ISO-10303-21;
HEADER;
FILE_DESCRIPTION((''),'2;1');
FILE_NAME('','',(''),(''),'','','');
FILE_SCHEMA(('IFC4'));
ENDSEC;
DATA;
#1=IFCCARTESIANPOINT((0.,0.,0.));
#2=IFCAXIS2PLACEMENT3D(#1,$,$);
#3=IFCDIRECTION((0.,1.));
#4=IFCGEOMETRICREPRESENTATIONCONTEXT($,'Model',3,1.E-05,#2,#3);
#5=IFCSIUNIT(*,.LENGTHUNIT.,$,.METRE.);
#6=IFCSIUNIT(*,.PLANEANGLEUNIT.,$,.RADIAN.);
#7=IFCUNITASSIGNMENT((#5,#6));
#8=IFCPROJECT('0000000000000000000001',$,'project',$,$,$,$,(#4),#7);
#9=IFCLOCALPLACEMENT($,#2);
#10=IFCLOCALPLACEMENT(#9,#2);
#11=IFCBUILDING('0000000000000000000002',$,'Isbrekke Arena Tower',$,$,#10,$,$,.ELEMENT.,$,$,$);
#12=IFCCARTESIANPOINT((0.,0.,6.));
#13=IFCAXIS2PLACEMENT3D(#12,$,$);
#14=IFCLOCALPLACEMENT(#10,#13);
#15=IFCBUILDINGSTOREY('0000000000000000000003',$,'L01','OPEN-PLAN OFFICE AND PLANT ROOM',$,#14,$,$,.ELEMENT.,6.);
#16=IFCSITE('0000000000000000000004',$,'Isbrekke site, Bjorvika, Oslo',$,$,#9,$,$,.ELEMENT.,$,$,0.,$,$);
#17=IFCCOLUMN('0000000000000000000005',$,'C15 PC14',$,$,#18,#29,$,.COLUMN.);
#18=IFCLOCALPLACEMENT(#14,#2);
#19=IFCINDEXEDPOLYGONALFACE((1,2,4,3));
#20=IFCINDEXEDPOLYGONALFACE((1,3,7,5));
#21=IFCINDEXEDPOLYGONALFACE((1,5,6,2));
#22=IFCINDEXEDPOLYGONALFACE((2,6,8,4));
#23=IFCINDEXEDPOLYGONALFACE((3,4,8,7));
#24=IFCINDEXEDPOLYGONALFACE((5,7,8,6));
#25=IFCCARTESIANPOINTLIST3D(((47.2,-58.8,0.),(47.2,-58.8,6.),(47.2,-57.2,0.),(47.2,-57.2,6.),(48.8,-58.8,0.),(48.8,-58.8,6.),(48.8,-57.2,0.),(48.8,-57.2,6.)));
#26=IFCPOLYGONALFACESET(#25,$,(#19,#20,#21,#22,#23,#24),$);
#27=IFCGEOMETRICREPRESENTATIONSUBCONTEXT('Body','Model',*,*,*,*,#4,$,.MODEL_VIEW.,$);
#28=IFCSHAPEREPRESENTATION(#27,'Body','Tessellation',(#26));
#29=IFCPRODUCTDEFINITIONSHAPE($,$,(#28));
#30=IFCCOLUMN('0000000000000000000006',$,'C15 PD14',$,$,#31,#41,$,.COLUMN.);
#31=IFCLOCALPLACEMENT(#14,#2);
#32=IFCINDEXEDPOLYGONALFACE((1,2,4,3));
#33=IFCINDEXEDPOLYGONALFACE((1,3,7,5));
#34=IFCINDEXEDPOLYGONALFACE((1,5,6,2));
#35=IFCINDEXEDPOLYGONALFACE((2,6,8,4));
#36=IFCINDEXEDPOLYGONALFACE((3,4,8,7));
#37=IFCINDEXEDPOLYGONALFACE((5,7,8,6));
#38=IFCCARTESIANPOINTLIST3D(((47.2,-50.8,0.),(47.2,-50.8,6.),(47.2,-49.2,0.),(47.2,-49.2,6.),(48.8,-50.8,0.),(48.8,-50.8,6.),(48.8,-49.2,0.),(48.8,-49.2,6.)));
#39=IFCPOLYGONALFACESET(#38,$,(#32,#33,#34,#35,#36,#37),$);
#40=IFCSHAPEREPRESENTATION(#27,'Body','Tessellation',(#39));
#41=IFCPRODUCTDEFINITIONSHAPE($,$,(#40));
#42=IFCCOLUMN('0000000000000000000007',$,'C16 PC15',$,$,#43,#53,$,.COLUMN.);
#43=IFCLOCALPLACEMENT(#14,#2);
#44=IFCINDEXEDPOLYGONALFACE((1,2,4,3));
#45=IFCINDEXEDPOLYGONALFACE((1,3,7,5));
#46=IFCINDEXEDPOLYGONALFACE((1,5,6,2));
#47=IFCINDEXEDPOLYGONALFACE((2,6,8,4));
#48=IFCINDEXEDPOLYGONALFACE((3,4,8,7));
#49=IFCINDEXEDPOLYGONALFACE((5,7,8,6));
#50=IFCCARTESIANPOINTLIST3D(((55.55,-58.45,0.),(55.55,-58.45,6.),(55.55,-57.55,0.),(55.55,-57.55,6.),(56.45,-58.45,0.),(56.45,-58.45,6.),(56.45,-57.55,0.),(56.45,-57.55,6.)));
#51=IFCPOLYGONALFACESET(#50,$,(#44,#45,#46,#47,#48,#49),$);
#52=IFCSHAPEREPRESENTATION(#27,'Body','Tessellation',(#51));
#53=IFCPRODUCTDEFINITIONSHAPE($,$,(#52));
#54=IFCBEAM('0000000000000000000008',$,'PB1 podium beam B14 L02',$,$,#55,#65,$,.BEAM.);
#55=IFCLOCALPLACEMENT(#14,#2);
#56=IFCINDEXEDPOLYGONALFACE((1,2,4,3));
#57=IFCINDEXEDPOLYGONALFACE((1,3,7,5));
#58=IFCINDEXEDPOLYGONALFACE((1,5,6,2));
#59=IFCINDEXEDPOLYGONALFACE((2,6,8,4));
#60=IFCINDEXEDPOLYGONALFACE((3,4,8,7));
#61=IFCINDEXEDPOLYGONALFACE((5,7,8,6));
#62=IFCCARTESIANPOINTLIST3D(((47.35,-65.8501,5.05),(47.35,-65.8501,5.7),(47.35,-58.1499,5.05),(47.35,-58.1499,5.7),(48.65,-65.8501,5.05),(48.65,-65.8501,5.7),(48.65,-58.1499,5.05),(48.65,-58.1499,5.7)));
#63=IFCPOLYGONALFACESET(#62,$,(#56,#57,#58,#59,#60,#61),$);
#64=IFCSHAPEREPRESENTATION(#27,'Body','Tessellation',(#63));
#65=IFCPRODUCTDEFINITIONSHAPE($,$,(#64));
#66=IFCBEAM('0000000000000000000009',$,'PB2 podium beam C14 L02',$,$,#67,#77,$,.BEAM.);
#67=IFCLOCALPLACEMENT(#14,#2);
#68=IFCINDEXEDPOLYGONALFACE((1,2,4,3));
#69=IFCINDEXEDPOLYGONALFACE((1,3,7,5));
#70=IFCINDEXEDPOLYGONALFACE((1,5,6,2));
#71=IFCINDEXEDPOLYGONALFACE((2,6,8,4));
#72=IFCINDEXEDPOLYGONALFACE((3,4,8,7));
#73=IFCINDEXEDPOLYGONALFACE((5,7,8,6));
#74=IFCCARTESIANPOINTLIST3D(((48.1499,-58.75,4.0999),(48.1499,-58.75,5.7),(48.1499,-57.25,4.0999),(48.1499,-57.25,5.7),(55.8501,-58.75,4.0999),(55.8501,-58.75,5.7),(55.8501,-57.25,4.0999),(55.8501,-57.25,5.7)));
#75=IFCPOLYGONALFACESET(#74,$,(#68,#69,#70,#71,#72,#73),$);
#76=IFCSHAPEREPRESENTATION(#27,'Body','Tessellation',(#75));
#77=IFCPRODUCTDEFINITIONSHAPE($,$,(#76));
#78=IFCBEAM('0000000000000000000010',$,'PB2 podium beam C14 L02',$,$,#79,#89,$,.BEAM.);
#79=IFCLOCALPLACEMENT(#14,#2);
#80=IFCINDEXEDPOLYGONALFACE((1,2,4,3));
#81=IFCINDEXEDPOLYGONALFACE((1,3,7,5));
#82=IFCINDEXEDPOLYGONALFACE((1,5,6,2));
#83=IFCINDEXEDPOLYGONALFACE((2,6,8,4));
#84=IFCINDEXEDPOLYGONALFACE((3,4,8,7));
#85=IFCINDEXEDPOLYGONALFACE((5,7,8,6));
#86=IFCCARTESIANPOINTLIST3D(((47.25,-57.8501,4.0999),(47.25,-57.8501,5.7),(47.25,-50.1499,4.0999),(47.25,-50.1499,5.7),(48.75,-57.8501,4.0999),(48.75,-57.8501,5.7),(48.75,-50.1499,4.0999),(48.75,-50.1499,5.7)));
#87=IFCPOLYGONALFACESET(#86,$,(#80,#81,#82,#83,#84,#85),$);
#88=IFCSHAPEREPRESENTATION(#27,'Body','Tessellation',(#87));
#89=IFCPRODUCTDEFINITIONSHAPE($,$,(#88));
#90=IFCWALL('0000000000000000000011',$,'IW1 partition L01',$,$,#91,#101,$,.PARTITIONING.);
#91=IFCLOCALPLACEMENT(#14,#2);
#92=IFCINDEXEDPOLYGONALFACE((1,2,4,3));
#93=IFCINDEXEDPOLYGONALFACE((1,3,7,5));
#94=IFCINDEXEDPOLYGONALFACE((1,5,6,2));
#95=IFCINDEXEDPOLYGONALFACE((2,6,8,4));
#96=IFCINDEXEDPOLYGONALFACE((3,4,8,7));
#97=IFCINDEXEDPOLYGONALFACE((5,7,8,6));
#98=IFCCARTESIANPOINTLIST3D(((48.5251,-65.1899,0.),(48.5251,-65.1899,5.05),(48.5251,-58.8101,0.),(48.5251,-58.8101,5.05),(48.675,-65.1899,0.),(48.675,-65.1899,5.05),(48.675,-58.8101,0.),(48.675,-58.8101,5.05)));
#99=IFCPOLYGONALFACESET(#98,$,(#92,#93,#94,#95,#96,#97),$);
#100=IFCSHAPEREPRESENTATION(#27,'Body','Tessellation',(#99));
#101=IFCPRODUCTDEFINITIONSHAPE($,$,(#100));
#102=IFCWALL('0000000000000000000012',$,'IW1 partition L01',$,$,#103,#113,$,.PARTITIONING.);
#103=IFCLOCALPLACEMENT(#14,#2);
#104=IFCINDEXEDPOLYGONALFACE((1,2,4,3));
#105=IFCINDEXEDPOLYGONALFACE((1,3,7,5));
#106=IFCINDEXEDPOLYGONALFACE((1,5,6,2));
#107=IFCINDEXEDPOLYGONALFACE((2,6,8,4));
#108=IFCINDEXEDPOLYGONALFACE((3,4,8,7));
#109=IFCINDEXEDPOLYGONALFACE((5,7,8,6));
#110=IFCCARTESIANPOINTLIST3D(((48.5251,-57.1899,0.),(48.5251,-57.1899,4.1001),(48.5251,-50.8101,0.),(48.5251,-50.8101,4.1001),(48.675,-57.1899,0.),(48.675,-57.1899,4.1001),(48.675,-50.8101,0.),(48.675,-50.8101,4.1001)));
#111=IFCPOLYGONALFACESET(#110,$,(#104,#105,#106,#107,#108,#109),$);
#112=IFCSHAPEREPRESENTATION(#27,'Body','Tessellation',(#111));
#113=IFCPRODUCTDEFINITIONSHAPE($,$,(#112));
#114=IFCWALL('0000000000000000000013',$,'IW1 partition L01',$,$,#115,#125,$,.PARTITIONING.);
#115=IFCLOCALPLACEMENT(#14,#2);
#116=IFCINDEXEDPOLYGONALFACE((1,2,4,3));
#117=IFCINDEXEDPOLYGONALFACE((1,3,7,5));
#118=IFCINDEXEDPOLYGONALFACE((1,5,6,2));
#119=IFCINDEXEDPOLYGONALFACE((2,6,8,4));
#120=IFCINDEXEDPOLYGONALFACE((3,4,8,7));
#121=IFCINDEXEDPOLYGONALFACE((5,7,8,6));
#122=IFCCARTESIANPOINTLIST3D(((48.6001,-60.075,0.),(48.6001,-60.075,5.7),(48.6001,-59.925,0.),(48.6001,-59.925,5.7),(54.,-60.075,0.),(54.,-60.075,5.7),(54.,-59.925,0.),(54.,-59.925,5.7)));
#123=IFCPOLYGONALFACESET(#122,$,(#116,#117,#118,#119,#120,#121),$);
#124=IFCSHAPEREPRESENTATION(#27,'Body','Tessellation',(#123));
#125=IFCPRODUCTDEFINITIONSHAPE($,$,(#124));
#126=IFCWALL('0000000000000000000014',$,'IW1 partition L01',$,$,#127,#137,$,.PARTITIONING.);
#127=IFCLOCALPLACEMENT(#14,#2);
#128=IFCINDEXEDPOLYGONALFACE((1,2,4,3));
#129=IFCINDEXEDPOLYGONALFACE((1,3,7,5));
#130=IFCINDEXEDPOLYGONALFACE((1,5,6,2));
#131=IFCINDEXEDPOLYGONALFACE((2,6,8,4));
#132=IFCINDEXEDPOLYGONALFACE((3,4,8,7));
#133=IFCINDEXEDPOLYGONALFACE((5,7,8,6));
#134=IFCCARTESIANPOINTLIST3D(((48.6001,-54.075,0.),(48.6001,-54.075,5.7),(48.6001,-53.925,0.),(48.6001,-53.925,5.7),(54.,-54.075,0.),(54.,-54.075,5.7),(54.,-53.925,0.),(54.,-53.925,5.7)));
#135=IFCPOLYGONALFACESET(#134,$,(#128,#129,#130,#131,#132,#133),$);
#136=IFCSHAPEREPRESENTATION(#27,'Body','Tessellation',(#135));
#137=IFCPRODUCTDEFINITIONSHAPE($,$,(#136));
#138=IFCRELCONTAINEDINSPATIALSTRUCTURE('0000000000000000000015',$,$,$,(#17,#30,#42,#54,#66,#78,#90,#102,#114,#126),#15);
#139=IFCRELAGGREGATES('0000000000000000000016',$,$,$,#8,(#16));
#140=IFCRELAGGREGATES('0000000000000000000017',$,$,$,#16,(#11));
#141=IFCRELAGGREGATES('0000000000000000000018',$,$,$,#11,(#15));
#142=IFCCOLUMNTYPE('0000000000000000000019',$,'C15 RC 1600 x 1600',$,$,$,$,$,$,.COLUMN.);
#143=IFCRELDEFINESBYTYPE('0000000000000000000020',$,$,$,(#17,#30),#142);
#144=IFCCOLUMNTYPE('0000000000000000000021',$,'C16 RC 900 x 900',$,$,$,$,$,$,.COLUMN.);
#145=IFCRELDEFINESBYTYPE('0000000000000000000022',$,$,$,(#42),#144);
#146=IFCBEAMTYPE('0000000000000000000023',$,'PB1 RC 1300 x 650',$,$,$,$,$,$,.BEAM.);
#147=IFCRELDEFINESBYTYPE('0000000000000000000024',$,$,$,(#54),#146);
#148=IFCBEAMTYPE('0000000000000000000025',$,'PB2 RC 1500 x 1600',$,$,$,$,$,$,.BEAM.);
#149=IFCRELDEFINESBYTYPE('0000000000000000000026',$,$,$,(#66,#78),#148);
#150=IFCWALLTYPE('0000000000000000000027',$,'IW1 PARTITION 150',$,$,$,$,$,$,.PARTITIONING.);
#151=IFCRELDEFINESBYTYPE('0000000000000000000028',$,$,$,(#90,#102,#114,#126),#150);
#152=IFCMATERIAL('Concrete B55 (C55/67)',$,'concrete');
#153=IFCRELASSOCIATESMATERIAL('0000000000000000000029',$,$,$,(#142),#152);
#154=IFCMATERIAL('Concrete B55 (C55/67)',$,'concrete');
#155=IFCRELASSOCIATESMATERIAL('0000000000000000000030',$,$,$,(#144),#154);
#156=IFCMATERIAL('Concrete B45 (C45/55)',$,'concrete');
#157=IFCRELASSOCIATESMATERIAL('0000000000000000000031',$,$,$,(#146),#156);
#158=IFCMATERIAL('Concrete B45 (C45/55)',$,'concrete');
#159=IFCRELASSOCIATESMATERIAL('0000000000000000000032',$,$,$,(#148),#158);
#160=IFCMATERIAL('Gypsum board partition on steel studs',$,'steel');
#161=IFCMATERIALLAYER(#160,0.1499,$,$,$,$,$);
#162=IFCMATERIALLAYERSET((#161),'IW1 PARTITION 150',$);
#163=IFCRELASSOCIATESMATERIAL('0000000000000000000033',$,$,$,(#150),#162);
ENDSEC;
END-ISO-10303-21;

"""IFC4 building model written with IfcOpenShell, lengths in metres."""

from ifc_helpers import new_model, si_unit, direction, frame, frame_2d, origin, origin_2d, place, context, subcontext, project, spatial, rectangle, extrude, material, layer, layer_set, material_profile, profile_set, type_object, element, save


model = new_model("IFC4")

# Units and contexts
model_context = context("Model", 3, precision=1e-05, world=origin(), true_north=direction((0.0, 1.0)))
body_context = subcontext(model_context, "Body", "Model", "MODEL_VIEW")
ifc_project = project(units=[si_unit("LENGTHUNIT", "METRE"), si_unit("PLANEANGLEUNIT", "RADIAN")], contexts=[model_context])

# Site, building, storey
site_placement = place(None, origin())
site = spatial("IfcSite", under=ifc_project, at=site_placement, Name="Isbrekke site, Bjorvika, Oslo", CompositionType="ELEMENT", RefElevation=0.0)
building_placement = place(site_placement, origin())
building = spatial("IfcBuilding", under=site, at=building_placement, Name="Isbrekke Arena Tower", CompositionType="ELEMENT")
storey_placement = place(building_placement, frame((0.0, 0.0, 6.0)))
storey = spatial("IfcBuildingStorey", under=building, at=storey_placement, Name="L01", Description="OPEN-PLAN OFFICE AND PLANT ROOM", CompositionType="ELEMENT", Elevation=6.0)

# Columns
ifc_material_1 = material(Name="Concrete B55 (C55/67)", Category="concrete")
ifc_material_profile_1 = material_profile(ifc_material_1, rectangle(XDim=1.6001, YDim=1.6001, at=origin_2d()), Name="RC 1600x1600")
ifc_profile_set_1 = profile_set([ifc_material_profile_1], Name="Concrete B55 (C55/67)")
column_type_1 = type_object("IfcColumnType", Name="C15 RC 1600 x 1600", PredefinedType="COLUMN", material=ifc_profile_set_1)
for number, where, z_axis, x_axis, name in (
    (1, (48.0, -58.0, 0.0), (0.0, 0.0, 1.0), (1.0, 0.0, 0.0), "C15 PC14"),
    (2, (48.0, -50.0, 0.0), (0.0, 0.0, 1.0), (1.0, 0.0, 0.0), "C15 PD14"),
):
    element("IfcColumn", number, at=place(storey_placement, frame(where, z_axis=z_axis, x_axis=x_axis)), inside=storey, type_object=column_type_1, Name=name, PredefinedType="COLUMN", context=body_context, shape_type="SweptSolid", body=[
        extrude(rectangle(XDim=1.6001, YDim=1.6001, at=origin_2d()), origin(), (0.0, 0.0, 1.0), 6.0),
    ])
ifc_material_2 = material(Name="Concrete B55 (C55/67)", Category="concrete")
ifc_material_profile_2 = material_profile(ifc_material_2, rectangle(XDim=0.8999, YDim=0.8999, at=origin_2d()), Name="RC 900x900")
ifc_profile_set_2 = profile_set([ifc_material_profile_2], Name="Concrete B55 (C55/67)")
column_type_2 = type_object("IfcColumnType", Name="C16 RC 900 x 900", PredefinedType="COLUMN", material=ifc_profile_set_2)
column_placement = place(storey_placement, frame((56.0, -58.0, 0.0), z_axis=(0.0, 0.0, 1.0), x_axis=(1.0, 0.0, 0.0)))
element("IfcColumn", 3, at=column_placement, inside=storey, type_object=column_type_2, Name="C16 PC15", PredefinedType="COLUMN", context=body_context, shape_type="SweptSolid", body=[
    extrude(rectangle(XDim=0.8999, YDim=0.8999, at=origin_2d()), origin(), (0.0, 0.0, 1.0), 6.0),
])

# Beams
ifc_material_3 = material(Name="Concrete B45 (C45/55)", Category="concrete")
ifc_material_profile_3 = material_profile(ifc_material_3, rectangle(XDim=1.3, YDim=0.6499, at=origin_2d()), Name="RC 1300x650")
ifc_profile_set_3 = profile_set([ifc_material_profile_3], Name="Concrete B45 (C45/55)")
beam_type_1 = type_object("IfcBeamType", Name="PB1 RC 1300 x 650", PredefinedType="BEAM", material=ifc_profile_set_3)
beam_placement = place(storey_placement, frame((48.0, -65.8501, 5.375), z_axis=(0.0, 1.0, 0.0), x_axis=(-1.0, 0.0, 0.0)))
element("IfcBeam", 4, at=beam_placement, inside=storey, type_object=beam_type_1, Name="PB1 podium beam B14 L02", PredefinedType="BEAM", context=body_context, shape_type="SweptSolid", body=[
    extrude(rectangle(XDim=1.3, YDim=0.6499, at=origin_2d()), origin(), (0.0, 0.0, 1.0), 7.7002),
])
ifc_material_4 = material(Name="Concrete B45 (C45/55)", Category="concrete")
ifc_material_profile_4 = material_profile(ifc_material_4, rectangle(XDim=1.5, YDim=1.6001, at=origin_2d()), Name="RC 1500x1600")
ifc_profile_set_4 = profile_set([ifc_material_profile_4], Name="Concrete B45 (C45/55)")
beam_type_2 = type_object("IfcBeamType", Name="PB2 RC 1500 x 1600", PredefinedType="BEAM", material=ifc_profile_set_4)
for number, where, z_axis, x_axis, name in (
    (5, (48.1499, -58.0, 4.8999), (1.0, 0.0, 0.0), (0.0, 1.0, 0.0), "PB2 podium beam C14 L02"),
    (6, (48.0, -57.8501, 4.8999), (0.0, 1.0, 0.0), (-1.0, 0.0, 0.0), "PB2 podium beam C14 L02"),
):
    element("IfcBeam", number, at=place(storey_placement, frame(where, z_axis=z_axis, x_axis=x_axis)), inside=storey, type_object=beam_type_2, Name=name, PredefinedType="BEAM", context=body_context, shape_type="SweptSolid", body=[
        extrude(rectangle(XDim=1.5, YDim=1.6001, at=origin_2d()), origin(), (0.0, 0.0, 1.0), 7.7002),
    ])

# Walls
ifc_material_5 = material(Name="Gypsum board partition on steel studs", Category="steel")
ifc_layer = layer(ifc_material_5, 0.1499)
ifc_layer_set = layer_set([ifc_layer], Name="IW1 PARTITION 150")
wall_type = type_object("IfcWallType", Name="IW1 PARTITION 150", PredefinedType="PARTITIONING", material=ifc_layer_set)
wall_1_placement = place(storey_placement, frame((48.6001, -65.1899, 0.0), z_axis=(0.0, 0.0, 1.0), x_axis=(0.0, 1.0, 0.0)))
element("IfcWall", 7, at=wall_1_placement, inside=storey, type_object=wall_type, Name="IW1 partition L01", PredefinedType="PARTITIONING", context=body_context, shape_type="SweptSolid", body=[
    extrude(rectangle(XDim=6.3799, YDim=0.1499, at=frame_2d((3.1899, 0.0))), origin(), (0.0, 0.0, 1.0), 5.05),
])
wall_2_placement = place(storey_placement, frame((48.6001, -57.1899, 0.0), z_axis=(0.0, 0.0, 1.0), x_axis=(0.0, 1.0, 0.0)))
element("IfcWall", 8, at=wall_2_placement, inside=storey, type_object=wall_type, Name="IW1 partition L01", PredefinedType="PARTITIONING", context=body_context, shape_type="SweptSolid", body=[
    extrude(rectangle(XDim=6.3799, YDim=0.1499, at=frame_2d((3.1899, 0.0))), origin(), (0.0, 0.0, 1.0), 4.1001),
])
for number, where, z_axis, x_axis, name in (
    (9, (48.6001, -60.0, 0.0), (0.0, 0.0, 1.0), (1.0, 0.0, 0.0), "IW1 partition L01"),
    (10, (48.6001, -54.0, 0.0), (0.0, 0.0, 1.0), (1.0, 0.0, 0.0), "IW1 partition L01"),
):
    element("IfcWall", number, at=place(storey_placement, frame(where, z_axis=z_axis, x_axis=x_axis)), inside=storey, type_object=wall_type, Name=name, PredefinedType="PARTITIONING", context=body_context, shape_type="SweptSolid", body=[
        extrude(rectangle(XDim=5.3999, YDim=0.1499, at=frame_2d((2.7, 0.0))), origin(), (0.0, 0.0, 1.0), 5.7),
    ])

save(model, "model.ifc")
